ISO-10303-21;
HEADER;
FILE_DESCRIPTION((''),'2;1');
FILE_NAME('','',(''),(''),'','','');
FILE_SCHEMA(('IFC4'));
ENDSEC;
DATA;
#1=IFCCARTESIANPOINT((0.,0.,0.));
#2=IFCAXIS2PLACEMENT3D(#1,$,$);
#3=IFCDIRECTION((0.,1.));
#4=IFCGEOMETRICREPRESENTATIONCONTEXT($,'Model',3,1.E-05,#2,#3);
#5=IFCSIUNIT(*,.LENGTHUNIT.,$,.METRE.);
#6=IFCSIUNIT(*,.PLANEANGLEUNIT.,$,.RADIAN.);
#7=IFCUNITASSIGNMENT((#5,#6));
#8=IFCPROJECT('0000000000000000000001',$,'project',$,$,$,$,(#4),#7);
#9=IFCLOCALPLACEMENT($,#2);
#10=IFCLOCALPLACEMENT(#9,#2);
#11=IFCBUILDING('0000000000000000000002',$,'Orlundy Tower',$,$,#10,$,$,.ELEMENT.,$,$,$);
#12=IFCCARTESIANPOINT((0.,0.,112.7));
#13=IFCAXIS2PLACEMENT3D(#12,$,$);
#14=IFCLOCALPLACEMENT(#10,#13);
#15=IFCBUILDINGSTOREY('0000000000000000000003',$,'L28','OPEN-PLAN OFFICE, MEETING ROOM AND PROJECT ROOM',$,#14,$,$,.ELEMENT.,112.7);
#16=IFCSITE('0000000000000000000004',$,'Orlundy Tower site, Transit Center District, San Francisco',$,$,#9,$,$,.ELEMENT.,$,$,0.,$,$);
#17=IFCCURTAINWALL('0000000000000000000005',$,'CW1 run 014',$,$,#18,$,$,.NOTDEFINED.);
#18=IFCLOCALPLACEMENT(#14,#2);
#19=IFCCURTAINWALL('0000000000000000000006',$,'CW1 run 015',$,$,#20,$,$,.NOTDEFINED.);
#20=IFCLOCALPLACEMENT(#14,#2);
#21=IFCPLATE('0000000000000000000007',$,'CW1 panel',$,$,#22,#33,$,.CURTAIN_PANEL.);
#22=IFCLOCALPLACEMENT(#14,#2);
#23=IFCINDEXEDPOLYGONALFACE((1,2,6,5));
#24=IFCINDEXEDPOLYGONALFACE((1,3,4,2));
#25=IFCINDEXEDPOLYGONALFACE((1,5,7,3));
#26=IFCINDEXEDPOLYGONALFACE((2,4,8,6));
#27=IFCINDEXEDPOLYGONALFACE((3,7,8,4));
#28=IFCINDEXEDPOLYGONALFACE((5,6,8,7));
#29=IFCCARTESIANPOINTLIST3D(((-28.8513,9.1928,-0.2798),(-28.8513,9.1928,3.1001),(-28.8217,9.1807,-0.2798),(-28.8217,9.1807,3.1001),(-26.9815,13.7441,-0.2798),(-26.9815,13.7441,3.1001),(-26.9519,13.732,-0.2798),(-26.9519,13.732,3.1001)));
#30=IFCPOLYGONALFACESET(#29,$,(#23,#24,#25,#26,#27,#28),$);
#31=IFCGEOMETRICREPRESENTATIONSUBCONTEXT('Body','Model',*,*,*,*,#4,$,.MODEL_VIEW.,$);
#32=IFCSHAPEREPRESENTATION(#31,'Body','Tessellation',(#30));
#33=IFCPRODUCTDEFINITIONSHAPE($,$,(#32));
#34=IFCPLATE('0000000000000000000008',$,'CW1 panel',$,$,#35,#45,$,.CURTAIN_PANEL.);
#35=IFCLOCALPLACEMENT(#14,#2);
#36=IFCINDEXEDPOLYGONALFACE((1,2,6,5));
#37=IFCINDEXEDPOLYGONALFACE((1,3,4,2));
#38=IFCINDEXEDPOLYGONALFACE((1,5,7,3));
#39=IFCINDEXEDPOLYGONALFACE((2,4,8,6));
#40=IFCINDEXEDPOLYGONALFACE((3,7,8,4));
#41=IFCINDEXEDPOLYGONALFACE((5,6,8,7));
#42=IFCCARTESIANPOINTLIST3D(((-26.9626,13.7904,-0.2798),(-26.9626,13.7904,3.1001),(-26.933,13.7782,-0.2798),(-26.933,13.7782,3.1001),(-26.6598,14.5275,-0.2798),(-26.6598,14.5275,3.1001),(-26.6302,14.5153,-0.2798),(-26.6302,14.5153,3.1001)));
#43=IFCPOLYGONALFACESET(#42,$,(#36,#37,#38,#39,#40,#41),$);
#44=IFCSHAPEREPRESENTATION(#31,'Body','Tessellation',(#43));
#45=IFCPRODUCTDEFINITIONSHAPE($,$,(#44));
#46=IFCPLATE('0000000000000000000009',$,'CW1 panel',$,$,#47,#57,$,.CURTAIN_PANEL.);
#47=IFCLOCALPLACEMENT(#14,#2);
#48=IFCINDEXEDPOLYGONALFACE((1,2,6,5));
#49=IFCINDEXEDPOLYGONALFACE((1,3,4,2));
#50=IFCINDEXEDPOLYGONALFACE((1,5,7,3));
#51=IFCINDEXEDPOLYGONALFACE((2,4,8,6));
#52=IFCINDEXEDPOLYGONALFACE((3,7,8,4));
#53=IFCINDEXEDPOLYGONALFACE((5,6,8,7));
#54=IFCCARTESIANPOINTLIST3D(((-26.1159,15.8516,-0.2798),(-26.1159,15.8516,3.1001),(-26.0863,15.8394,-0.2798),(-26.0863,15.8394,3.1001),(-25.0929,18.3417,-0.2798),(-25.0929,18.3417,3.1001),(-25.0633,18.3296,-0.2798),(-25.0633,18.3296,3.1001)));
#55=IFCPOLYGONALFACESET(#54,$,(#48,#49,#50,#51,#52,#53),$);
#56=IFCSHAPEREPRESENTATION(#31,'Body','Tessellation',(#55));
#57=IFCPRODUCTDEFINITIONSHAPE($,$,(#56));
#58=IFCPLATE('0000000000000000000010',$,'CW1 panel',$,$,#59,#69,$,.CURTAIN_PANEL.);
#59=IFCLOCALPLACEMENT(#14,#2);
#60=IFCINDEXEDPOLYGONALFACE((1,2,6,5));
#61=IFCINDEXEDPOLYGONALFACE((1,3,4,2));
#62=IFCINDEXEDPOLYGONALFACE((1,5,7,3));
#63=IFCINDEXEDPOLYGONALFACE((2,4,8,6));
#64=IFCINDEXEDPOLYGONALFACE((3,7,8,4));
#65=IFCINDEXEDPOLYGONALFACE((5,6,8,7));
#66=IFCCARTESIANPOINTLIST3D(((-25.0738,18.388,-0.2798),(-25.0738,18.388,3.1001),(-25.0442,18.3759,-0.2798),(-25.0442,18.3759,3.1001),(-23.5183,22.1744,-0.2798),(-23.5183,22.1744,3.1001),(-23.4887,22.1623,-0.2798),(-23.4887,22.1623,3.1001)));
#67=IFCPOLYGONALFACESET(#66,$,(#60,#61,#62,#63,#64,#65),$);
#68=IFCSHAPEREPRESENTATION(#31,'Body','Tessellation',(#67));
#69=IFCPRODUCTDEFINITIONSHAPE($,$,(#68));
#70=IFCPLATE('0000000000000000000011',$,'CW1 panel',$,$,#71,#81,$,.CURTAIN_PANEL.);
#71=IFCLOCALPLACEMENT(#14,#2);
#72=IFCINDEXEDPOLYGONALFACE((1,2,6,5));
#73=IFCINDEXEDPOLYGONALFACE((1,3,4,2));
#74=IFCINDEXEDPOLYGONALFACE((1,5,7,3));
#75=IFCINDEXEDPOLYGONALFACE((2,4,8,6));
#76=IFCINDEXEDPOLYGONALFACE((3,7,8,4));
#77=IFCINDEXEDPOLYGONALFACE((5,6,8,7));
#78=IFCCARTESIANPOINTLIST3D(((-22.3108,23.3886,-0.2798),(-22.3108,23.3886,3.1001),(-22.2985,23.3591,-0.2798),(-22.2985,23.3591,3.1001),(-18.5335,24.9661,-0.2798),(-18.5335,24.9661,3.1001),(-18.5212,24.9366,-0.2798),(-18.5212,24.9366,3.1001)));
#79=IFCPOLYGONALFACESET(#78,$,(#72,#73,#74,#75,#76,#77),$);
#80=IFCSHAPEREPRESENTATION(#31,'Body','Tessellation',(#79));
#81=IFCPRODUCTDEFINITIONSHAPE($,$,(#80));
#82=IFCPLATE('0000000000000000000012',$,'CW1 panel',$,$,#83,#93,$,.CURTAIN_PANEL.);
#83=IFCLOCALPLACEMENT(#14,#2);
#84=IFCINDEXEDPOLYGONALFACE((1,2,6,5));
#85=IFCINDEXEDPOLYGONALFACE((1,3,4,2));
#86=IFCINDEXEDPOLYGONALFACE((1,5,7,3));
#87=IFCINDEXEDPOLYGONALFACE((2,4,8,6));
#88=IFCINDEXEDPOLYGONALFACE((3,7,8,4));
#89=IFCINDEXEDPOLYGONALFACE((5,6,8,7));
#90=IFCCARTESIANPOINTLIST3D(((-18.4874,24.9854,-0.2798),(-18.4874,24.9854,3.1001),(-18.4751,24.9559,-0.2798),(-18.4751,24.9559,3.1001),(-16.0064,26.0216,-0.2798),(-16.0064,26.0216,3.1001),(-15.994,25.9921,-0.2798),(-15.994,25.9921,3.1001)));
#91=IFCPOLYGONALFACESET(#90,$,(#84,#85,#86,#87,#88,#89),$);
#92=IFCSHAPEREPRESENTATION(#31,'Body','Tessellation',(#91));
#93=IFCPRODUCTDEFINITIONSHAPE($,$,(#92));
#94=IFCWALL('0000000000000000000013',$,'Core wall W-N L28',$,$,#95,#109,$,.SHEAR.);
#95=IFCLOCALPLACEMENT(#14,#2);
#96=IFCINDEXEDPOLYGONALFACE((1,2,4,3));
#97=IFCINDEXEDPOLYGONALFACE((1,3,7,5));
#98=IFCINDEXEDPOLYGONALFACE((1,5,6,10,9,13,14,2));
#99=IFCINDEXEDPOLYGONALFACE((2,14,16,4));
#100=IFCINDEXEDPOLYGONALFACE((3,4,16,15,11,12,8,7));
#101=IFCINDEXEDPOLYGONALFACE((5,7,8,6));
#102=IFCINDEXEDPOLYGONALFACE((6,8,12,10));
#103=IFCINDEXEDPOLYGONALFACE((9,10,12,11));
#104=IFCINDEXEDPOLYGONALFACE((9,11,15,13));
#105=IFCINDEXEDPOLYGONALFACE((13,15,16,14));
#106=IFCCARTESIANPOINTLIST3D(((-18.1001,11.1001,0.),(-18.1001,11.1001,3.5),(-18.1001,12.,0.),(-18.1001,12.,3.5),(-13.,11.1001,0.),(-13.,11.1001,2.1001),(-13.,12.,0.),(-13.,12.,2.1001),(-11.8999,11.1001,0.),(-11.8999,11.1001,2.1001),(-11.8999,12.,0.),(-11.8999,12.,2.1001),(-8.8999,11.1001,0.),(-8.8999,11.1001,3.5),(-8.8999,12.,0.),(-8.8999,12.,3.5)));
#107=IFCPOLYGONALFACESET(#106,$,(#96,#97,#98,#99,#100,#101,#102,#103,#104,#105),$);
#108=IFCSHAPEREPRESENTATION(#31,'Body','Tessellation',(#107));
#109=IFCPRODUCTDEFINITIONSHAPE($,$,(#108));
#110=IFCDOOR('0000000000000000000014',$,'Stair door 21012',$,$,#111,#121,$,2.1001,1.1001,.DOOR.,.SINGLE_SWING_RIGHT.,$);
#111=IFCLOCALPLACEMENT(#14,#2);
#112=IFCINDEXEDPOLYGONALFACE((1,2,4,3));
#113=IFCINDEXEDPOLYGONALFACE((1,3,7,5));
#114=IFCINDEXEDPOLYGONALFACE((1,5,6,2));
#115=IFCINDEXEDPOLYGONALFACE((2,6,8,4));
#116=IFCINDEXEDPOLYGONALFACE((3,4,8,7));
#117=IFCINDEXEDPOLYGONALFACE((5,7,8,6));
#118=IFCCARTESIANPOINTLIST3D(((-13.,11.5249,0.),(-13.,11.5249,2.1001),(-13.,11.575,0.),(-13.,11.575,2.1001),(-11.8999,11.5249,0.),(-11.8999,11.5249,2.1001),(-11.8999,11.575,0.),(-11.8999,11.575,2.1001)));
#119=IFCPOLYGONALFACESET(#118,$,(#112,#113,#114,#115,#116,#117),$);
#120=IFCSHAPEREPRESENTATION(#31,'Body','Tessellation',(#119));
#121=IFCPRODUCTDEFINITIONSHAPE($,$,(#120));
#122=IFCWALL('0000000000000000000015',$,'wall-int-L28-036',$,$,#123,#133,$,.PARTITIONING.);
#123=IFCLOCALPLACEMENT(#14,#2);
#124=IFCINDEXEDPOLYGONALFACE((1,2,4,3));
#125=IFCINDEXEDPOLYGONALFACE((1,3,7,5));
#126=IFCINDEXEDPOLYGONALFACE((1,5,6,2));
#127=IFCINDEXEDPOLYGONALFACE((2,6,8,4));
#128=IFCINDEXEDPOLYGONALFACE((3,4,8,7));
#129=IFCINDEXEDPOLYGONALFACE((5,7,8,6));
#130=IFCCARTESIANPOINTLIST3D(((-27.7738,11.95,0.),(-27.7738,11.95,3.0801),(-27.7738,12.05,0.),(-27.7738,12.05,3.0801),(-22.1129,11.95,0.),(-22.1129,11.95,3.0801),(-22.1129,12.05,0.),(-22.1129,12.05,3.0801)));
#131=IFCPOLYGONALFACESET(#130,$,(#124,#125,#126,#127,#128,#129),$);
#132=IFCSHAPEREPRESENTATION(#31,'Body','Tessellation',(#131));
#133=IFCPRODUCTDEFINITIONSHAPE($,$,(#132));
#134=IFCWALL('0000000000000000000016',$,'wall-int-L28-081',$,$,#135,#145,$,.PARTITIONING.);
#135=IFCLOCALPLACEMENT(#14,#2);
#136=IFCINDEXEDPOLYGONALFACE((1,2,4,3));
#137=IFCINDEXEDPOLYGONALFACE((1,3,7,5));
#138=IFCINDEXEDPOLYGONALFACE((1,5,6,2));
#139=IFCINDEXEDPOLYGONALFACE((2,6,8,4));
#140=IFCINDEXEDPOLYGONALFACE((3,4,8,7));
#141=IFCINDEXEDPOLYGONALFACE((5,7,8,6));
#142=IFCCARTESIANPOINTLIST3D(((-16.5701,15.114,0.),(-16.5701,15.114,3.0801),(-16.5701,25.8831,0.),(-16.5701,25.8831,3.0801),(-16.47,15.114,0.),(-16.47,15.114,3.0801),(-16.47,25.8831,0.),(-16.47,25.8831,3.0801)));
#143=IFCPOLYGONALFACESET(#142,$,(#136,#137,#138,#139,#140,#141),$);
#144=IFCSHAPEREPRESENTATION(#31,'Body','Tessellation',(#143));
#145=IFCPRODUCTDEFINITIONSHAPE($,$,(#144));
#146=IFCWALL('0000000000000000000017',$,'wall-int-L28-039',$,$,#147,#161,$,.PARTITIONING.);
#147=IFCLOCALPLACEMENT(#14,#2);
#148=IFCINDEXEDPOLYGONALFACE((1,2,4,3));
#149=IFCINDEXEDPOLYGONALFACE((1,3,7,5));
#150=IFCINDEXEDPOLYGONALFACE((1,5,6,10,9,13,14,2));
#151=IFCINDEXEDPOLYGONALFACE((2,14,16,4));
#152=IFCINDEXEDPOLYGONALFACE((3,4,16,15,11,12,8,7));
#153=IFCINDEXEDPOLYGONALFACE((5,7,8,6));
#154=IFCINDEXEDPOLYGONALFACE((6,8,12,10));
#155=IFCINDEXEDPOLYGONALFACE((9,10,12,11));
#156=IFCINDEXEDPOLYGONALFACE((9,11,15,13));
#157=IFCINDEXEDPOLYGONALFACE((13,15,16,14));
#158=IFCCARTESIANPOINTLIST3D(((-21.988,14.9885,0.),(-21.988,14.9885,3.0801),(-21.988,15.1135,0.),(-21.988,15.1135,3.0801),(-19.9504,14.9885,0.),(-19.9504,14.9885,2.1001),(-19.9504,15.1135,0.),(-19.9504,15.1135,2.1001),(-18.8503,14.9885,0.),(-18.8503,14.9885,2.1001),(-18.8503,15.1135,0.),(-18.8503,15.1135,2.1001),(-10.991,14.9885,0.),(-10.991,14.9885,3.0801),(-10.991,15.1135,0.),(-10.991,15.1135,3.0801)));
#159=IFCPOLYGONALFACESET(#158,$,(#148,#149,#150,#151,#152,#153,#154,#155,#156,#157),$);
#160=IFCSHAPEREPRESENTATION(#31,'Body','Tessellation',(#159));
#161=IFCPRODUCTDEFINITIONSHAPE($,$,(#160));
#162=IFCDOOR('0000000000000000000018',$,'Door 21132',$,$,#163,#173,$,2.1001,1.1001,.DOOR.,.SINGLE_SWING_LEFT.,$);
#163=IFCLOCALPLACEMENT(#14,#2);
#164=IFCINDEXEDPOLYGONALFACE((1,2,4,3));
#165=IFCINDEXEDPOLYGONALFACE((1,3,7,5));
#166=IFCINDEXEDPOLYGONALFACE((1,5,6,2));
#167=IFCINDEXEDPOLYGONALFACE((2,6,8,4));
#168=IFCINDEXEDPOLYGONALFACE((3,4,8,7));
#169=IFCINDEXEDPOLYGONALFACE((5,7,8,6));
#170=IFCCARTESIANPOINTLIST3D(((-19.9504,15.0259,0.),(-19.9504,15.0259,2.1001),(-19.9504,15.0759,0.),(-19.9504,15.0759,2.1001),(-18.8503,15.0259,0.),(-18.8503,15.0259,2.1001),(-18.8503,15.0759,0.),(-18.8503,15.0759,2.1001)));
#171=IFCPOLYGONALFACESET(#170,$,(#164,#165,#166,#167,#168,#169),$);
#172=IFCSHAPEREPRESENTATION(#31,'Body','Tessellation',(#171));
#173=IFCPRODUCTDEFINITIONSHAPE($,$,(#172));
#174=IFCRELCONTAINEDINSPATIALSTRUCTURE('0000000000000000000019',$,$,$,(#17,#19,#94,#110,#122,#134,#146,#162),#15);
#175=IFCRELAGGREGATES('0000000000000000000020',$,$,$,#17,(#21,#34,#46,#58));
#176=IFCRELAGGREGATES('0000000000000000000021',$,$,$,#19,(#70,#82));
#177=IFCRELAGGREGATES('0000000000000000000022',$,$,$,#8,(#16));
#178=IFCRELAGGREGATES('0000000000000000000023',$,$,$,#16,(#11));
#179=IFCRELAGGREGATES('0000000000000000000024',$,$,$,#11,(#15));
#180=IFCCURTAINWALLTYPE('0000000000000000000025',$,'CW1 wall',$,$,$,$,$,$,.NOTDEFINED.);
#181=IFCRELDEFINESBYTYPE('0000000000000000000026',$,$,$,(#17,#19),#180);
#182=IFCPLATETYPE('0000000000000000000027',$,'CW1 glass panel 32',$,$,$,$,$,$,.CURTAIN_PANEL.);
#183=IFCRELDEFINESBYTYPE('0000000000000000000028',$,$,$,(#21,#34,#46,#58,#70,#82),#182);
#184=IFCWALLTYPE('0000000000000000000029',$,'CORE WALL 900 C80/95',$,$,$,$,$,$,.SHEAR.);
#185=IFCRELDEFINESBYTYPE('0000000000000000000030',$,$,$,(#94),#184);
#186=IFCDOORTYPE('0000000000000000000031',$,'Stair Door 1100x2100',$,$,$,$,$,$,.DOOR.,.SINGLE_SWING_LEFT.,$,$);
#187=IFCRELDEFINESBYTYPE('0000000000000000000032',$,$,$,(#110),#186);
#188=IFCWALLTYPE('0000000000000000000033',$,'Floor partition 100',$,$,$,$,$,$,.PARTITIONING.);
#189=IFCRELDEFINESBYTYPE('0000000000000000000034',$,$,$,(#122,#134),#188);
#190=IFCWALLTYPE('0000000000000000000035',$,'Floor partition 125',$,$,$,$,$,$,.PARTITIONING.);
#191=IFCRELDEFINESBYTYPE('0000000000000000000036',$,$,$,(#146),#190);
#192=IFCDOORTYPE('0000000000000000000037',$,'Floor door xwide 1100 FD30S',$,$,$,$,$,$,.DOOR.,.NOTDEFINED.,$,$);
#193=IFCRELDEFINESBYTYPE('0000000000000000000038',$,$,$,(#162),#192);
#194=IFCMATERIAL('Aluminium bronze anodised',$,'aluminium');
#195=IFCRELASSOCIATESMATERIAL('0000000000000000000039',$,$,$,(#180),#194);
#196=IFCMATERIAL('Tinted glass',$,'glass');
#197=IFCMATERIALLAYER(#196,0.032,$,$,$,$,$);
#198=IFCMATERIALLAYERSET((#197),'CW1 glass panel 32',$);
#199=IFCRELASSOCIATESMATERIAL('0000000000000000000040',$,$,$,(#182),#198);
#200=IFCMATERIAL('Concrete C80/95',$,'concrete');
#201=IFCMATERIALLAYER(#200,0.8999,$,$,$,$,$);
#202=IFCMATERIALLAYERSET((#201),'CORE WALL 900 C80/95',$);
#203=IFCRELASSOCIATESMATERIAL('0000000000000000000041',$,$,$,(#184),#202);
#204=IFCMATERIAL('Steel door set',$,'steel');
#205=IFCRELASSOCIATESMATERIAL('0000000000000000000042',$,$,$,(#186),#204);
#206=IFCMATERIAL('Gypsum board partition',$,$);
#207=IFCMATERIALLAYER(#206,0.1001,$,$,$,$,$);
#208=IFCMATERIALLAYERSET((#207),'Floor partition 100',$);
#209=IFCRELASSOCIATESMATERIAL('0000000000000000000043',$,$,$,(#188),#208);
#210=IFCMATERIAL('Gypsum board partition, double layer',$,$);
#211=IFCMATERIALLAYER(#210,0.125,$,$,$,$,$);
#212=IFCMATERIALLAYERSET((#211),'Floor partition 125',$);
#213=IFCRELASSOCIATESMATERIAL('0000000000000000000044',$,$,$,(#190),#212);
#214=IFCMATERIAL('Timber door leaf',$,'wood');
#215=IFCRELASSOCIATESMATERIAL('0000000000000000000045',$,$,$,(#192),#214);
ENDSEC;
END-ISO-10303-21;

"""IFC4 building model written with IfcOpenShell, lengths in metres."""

from ifc_helpers import new_model, si_unit, direction, frame, frame_2d, origin, origin_2d, place, context, subcontext, project, spatial, rectangle, extrude, material, layer, layer_set, type_object, element, fill, aggregate, save


model = new_model("IFC4")

# Units and contexts
model_context = context("Model", 3, precision=1e-05, world=origin(), true_north=direction((0.0, 1.0)))
body_context = subcontext(model_context, "Body", "Model", "MODEL_VIEW")
ifc_project = project(units=[si_unit("LENGTHUNIT", "METRE"), si_unit("PLANEANGLEUNIT", "RADIAN")], contexts=[model_context])

# Site, building, storey
site_placement = place(None, origin())
site = spatial("IfcSite", under=ifc_project, at=site_placement, Name="Orlundy Tower site, Transit Center District, San Francisco", CompositionType="ELEMENT", RefElevation=0.0)
building_placement = place(site_placement, origin())
building = spatial("IfcBuilding", under=site, at=building_placement, Name="Orlundy Tower", CompositionType="ELEMENT")
storey_placement = place(building_placement, frame((0.0, 0.0, 112.7)))
storey = spatial("IfcBuildingStorey", under=building, at=storey_placement, Name="L28", Description="OPEN-PLAN OFFICE, MEETING ROOM AND PROJECT ROOM", CompositionType="ELEMENT", Elevation=112.7)

# Curtain wall
ifc_material_1 = material(Name="Aluminium bronze anodised", Category="aluminium")
curtain_wall_type = type_object("IfcCurtainWallType", Name="CW1 wall", PredefinedType="NOTDEFINED", material=ifc_material_1)
curtain_wall_1_placement = place(storey_placement, origin())
curtain_wall_1 = element("IfcCurtainWall", 1, at=curtain_wall_1_placement, inside=storey, type_object=curtain_wall_type, Name="CW1 run 014", PredefinedType="NOTDEFINED")

# Curtain wall
curtain_wall_2_placement = place(storey_placement, origin())
curtain_wall_2 = element("IfcCurtainWall", 2, at=curtain_wall_2_placement, inside=storey, type_object=curtain_wall_type, Name="CW1 run 015", PredefinedType="NOTDEFINED")

# Plates
ifc_material_2 = material(Name="Tinted glass", Category="glass")
ifc_layer_1 = layer(ifc_material_2, 0.032)
ifc_layer_set_1 = layer_set([ifc_layer_1], Name="CW1 glass panel 32")
plate_type = type_object("IfcPlateType", Name="CW1 glass panel 32", PredefinedType="CURTAIN_PANEL", material=ifc_layer_set_1)
plate_1_placement = place(storey_placement, frame((-27.9016, 11.4624, -0.2798), z_axis=(0.0, 0.0, 1.0), x_axis=(0.380005, 0.924984, 0.0)))
plate_1 = element("IfcPlate", 3, at=plate_1_placement, type_object=plate_type, Name="CW1 panel", PredefinedType="CURTAIN_PANEL", context=body_context, shape_type="SweptSolid", body=[
    extrude(rectangle(XDim=4.9204, YDim=0.032, at=origin_2d()), origin(), (0.0, 0.0, 1.0), 3.3799),
])
plate_2_placement = place(storey_placement, frame((-26.7964, 14.1528, -0.2798), z_axis=(0.0, 0.0, 1.0), x_axis=(0.380005, 0.924984, 0.0)))
plate_2 = element("IfcPlate", 4, at=plate_2_placement, type_object=plate_type, Name="CW1 panel", PredefinedType="CURTAIN_PANEL", context=body_context, shape_type="SweptSolid", body=[
    extrude(rectangle(XDim=0.7969, YDim=0.032, at=origin_2d()), origin(), (0.0, 0.0, 1.0), 3.3799),
])
plate_3_placement = place(storey_placement, frame((-25.5896, 17.0906, -0.2798), z_axis=(0.0, 0.0, 1.0), x_axis=(0.380005, 0.924984, 0.0)))
plate_3 = element("IfcPlate", 5, at=plate_3_placement, type_object=plate_type, Name="CW1 panel", PredefinedType="CURTAIN_PANEL", context=body_context, shape_type="SweptSolid", body=[
    extrude(rectangle(XDim=2.6921, YDim=0.032, at=origin_2d()), origin(), (0.0, 0.0, 1.0), 3.3799),
])
plate_4_placement = place(storey_placement, frame((-24.2812, 20.2751, -0.2798), z_axis=(0.0, 0.0, 1.0), x_axis=(0.380005, 0.924984, 0.0)))
plate_4 = element("IfcPlate", 6, at=plate_4_placement, type_object=plate_type, Name="CW1 panel", PredefinedType="CURTAIN_PANEL", context=body_context, shape_type="SweptSolid", body=[
    extrude(rectangle(XDim=4.0935, YDim=0.032, at=origin_2d()), origin(), (0.0, 0.0, 1.0), 3.3799),
])
aggregate(curtain_wall_1, [plate_1, plate_2, plate_3, plate_4])
plate_5_placement = place(storey_placement, frame((-20.416, 24.1626, -0.2798), z_axis=(0.0, 0.0, 1.0), x_axis=(0.92276, 0.385375, 0.0)))
plate_5 = element("IfcPlate", 7, at=plate_5_placement, type_object=plate_type, Name="CW1 panel", PredefinedType="CURTAIN_PANEL", context=body_context, shape_type="SweptSolid", body=[
    extrude(rectangle(XDim=4.0935, YDim=0.032, at=origin_2d()), origin(), (0.0, 0.0, 1.0), 3.3799),
])
plate_6_placement = place(storey_placement, frame((-17.2407, 25.4888, -0.2798), z_axis=(0.0, 0.0, 1.0), x_axis=(0.92276, 0.385375, 0.0)))
plate_6 = element("IfcPlate", 8, at=plate_6_placement, type_object=plate_type, Name="CW1 panel", PredefinedType="CURTAIN_PANEL", context=body_context, shape_type="SweptSolid", body=[
    extrude(rectangle(XDim=2.6887, YDim=0.032, at=origin_2d()), origin(), (0.0, 0.0, 1.0), 3.3799),
])
aggregate(curtain_wall_2, [plate_5, plate_6])

# Wall, opening, door
ifc_material_3 = material(Name="Concrete C80/95", Category="concrete")
ifc_layer_2 = layer(ifc_material_3, 0.8999)
ifc_layer_set_2 = layer_set([ifc_layer_2], Name="CORE WALL 900 C80/95")
wall_type_1 = type_object("IfcWallType", Name="CORE WALL 900 C80/95", PredefinedType="SHEAR", material=ifc_layer_set_2)
wall_1_placement = place(storey_placement, frame((-18.1001, 11.55, 0.0), z_axis=(0.0, 0.0, 1.0), x_axis=(1.0, 0.0, 0.0)))
wall_1 = element("IfcWall", 9, at=wall_1_placement, inside=storey, type_object=wall_type_1, Name="Core wall W-N L28", PredefinedType="SHEAR", context=body_context, shape_type="SweptSolid", body=[
    extrude(rectangle(XDim=9.2002, YDim=0.8999, at=frame_2d((4.6001, 0.0))), origin(), (0.0, 0.0, 1.0), 3.5),
])
opening_1_placement = place(wall_1_placement, frame((5.1001, 0.0, 0.0)))
opening_1 = element("IfcOpeningElement", 10, at=opening_1_placement, cuts=wall_1, PredefinedType="OPENING", context=body_context, shape_type="SweptSolid", body=[
    extrude(rectangle(XDim=1.1001, YDim=2.1001, at=frame_2d((0.55, 1.05))), frame((0.0, 0.46, 0.0), z_axis=(0.0, -1.0, 0.0), x_axis=(1.0, 0.0, 0.0)), (0.0, 0.0, 1.0), 0.9199),
])
ifc_material_4 = material(Name="Steel door set", Category="steel")
door_type_1 = type_object("IfcDoorType", Name="Stair Door 1100x2100", OperationType="SINGLE_SWING_LEFT", PredefinedType="DOOR", material=ifc_material_4)
door_1_placement = place(opening_1_placement, origin())
door_1 = element("IfcDoor", 11, at=door_1_placement, inside=storey, type_object=door_type_1, Name="Stair door 21012", OperationType="SINGLE_SWING_RIGHT", OverallHeight=2.1001, OverallWidth=1.1001, PredefinedType="DOOR", context=body_context, shape_type="SweptSolid", body=[
    extrude(rectangle(XDim=1.1001, YDim=2.1001, at=frame_2d((0.55, 1.05))), frame((0.0, 0.0249, 0.0), z_axis=(0.0, -1.0, 0.0), x_axis=(1.0, 0.0, 0.0)), (0.0, 0.0, 1.0), 0.05),
])
fill(opening_1, door_1)

# Walls
ifc_material_5 = material(Name="Gypsum board partition")
ifc_layer_3 = layer(ifc_material_5, 0.1001)
ifc_layer_set_3 = layer_set([ifc_layer_3], Name="Floor partition 100")
wall_type_2 = type_object("IfcWallType", Name="Floor partition 100", PredefinedType="PARTITIONING", material=ifc_layer_set_3)
wall_2_placement = place(storey_placement, frame((-27.7739, 12.0, 0.0), z_axis=(0.0, 0.0, 1.0), x_axis=(1.0, 0.0, 0.0)))
element("IfcWall", 12, at=wall_2_placement, inside=storey, type_object=wall_type_2, Name="wall-int-L28-036", PredefinedType="PARTITIONING", context=body_context, shape_type="SweptSolid", body=[
    extrude(rectangle(XDim=5.6609, YDim=0.1001, at=frame_2d((2.8306, 0.0))), origin(), (0.0, 0.0, 1.0), 3.0801),
])
wall_3_placement = place(storey_placement, frame((-16.52, 15.114, 0.0), z_axis=(0.0, 0.0, 1.0), x_axis=(0.0, 1.0, 0.0)))
element("IfcWall", 13, at=wall_3_placement, inside=storey, type_object=wall_type_2, Name="wall-int-L28-081", PredefinedType="PARTITIONING", context=body_context, shape_type="SweptSolid", body=[
    extrude(rectangle(XDim=10.769, YDim=0.1001, at=frame_2d((5.3845, 0.0))), origin(), (0.0, 0.0, 1.0), 3.0801),
])

# Wall, opening, door
ifc_material_6 = material(Name="Gypsum board partition, double layer")
ifc_layer_4 = layer(ifc_material_6, 0.125)
ifc_layer_set_4 = layer_set([ifc_layer_4], Name="Floor partition 125")
wall_type_3 = type_object("IfcWallType", Name="Floor partition 125", PredefinedType="PARTITIONING", material=ifc_layer_set_4)
wall_4_placement = place(storey_placement, frame((-21.988, 15.051, 0.0), z_axis=(0.0, 0.0, 1.0), x_axis=(1.0, 0.0, 0.0)))
wall_4 = element("IfcWall", 14, at=wall_4_placement, inside=storey, type_object=wall_type_3, Name="wall-int-L28-039", PredefinedType="PARTITIONING", context=body_context, shape_type="SweptSolid", body=[
    extrude(rectangle(XDim=10.9971, YDim=0.125, at=frame_2d((5.4985, 0.0))), origin(), (0.0, 0.0, 1.0), 3.0801),
])
opening_2_placement = place(wall_4_placement, frame((2.0376, 0.0, 0.0)))
opening_2 = element("IfcOpeningElement", 15, at=opening_2_placement, cuts=wall_4, PredefinedType="OPENING", context=body_context, shape_type="SweptSolid", body=[
    extrude(rectangle(XDim=1.1001, YDim=2.1001, at=frame_2d((0.55, 1.05))), frame((0.0, 0.0725, 0.0), z_axis=(0.0, -1.0, 0.0), x_axis=(1.0, 0.0, 0.0)), (0.0, 0.0, 1.0), 0.145),
])
ifc_material_7 = material(Name="Timber door leaf", Category="wood")
door_type_2 = type_object("IfcDoorType", Name="Floor door xwide 1100 FD30S", OperationType="NOTDEFINED", PredefinedType="DOOR", material=ifc_material_7)
door_2_placement = place(opening_2_placement, origin())
door_2 = element("IfcDoor", 16, at=door_2_placement, inside=storey, type_object=door_type_2, Name="Door 21132", OperationType="SINGLE_SWING_LEFT", OverallHeight=2.1001, OverallWidth=1.1001, PredefinedType="DOOR", context=body_context, shape_type="SweptSolid", body=[
    extrude(rectangle(XDim=1.1001, YDim=2.1001, at=frame_2d((0.55, 1.05))), frame((0.0, 0.0249, 0.0), z_axis=(0.0, -1.0, 0.0), x_axis=(1.0, 0.0, 0.0)), (0.0, 0.0, 1.0), 0.05),
])
fill(opening_2, door_2)

save(model, "model.ifc")
